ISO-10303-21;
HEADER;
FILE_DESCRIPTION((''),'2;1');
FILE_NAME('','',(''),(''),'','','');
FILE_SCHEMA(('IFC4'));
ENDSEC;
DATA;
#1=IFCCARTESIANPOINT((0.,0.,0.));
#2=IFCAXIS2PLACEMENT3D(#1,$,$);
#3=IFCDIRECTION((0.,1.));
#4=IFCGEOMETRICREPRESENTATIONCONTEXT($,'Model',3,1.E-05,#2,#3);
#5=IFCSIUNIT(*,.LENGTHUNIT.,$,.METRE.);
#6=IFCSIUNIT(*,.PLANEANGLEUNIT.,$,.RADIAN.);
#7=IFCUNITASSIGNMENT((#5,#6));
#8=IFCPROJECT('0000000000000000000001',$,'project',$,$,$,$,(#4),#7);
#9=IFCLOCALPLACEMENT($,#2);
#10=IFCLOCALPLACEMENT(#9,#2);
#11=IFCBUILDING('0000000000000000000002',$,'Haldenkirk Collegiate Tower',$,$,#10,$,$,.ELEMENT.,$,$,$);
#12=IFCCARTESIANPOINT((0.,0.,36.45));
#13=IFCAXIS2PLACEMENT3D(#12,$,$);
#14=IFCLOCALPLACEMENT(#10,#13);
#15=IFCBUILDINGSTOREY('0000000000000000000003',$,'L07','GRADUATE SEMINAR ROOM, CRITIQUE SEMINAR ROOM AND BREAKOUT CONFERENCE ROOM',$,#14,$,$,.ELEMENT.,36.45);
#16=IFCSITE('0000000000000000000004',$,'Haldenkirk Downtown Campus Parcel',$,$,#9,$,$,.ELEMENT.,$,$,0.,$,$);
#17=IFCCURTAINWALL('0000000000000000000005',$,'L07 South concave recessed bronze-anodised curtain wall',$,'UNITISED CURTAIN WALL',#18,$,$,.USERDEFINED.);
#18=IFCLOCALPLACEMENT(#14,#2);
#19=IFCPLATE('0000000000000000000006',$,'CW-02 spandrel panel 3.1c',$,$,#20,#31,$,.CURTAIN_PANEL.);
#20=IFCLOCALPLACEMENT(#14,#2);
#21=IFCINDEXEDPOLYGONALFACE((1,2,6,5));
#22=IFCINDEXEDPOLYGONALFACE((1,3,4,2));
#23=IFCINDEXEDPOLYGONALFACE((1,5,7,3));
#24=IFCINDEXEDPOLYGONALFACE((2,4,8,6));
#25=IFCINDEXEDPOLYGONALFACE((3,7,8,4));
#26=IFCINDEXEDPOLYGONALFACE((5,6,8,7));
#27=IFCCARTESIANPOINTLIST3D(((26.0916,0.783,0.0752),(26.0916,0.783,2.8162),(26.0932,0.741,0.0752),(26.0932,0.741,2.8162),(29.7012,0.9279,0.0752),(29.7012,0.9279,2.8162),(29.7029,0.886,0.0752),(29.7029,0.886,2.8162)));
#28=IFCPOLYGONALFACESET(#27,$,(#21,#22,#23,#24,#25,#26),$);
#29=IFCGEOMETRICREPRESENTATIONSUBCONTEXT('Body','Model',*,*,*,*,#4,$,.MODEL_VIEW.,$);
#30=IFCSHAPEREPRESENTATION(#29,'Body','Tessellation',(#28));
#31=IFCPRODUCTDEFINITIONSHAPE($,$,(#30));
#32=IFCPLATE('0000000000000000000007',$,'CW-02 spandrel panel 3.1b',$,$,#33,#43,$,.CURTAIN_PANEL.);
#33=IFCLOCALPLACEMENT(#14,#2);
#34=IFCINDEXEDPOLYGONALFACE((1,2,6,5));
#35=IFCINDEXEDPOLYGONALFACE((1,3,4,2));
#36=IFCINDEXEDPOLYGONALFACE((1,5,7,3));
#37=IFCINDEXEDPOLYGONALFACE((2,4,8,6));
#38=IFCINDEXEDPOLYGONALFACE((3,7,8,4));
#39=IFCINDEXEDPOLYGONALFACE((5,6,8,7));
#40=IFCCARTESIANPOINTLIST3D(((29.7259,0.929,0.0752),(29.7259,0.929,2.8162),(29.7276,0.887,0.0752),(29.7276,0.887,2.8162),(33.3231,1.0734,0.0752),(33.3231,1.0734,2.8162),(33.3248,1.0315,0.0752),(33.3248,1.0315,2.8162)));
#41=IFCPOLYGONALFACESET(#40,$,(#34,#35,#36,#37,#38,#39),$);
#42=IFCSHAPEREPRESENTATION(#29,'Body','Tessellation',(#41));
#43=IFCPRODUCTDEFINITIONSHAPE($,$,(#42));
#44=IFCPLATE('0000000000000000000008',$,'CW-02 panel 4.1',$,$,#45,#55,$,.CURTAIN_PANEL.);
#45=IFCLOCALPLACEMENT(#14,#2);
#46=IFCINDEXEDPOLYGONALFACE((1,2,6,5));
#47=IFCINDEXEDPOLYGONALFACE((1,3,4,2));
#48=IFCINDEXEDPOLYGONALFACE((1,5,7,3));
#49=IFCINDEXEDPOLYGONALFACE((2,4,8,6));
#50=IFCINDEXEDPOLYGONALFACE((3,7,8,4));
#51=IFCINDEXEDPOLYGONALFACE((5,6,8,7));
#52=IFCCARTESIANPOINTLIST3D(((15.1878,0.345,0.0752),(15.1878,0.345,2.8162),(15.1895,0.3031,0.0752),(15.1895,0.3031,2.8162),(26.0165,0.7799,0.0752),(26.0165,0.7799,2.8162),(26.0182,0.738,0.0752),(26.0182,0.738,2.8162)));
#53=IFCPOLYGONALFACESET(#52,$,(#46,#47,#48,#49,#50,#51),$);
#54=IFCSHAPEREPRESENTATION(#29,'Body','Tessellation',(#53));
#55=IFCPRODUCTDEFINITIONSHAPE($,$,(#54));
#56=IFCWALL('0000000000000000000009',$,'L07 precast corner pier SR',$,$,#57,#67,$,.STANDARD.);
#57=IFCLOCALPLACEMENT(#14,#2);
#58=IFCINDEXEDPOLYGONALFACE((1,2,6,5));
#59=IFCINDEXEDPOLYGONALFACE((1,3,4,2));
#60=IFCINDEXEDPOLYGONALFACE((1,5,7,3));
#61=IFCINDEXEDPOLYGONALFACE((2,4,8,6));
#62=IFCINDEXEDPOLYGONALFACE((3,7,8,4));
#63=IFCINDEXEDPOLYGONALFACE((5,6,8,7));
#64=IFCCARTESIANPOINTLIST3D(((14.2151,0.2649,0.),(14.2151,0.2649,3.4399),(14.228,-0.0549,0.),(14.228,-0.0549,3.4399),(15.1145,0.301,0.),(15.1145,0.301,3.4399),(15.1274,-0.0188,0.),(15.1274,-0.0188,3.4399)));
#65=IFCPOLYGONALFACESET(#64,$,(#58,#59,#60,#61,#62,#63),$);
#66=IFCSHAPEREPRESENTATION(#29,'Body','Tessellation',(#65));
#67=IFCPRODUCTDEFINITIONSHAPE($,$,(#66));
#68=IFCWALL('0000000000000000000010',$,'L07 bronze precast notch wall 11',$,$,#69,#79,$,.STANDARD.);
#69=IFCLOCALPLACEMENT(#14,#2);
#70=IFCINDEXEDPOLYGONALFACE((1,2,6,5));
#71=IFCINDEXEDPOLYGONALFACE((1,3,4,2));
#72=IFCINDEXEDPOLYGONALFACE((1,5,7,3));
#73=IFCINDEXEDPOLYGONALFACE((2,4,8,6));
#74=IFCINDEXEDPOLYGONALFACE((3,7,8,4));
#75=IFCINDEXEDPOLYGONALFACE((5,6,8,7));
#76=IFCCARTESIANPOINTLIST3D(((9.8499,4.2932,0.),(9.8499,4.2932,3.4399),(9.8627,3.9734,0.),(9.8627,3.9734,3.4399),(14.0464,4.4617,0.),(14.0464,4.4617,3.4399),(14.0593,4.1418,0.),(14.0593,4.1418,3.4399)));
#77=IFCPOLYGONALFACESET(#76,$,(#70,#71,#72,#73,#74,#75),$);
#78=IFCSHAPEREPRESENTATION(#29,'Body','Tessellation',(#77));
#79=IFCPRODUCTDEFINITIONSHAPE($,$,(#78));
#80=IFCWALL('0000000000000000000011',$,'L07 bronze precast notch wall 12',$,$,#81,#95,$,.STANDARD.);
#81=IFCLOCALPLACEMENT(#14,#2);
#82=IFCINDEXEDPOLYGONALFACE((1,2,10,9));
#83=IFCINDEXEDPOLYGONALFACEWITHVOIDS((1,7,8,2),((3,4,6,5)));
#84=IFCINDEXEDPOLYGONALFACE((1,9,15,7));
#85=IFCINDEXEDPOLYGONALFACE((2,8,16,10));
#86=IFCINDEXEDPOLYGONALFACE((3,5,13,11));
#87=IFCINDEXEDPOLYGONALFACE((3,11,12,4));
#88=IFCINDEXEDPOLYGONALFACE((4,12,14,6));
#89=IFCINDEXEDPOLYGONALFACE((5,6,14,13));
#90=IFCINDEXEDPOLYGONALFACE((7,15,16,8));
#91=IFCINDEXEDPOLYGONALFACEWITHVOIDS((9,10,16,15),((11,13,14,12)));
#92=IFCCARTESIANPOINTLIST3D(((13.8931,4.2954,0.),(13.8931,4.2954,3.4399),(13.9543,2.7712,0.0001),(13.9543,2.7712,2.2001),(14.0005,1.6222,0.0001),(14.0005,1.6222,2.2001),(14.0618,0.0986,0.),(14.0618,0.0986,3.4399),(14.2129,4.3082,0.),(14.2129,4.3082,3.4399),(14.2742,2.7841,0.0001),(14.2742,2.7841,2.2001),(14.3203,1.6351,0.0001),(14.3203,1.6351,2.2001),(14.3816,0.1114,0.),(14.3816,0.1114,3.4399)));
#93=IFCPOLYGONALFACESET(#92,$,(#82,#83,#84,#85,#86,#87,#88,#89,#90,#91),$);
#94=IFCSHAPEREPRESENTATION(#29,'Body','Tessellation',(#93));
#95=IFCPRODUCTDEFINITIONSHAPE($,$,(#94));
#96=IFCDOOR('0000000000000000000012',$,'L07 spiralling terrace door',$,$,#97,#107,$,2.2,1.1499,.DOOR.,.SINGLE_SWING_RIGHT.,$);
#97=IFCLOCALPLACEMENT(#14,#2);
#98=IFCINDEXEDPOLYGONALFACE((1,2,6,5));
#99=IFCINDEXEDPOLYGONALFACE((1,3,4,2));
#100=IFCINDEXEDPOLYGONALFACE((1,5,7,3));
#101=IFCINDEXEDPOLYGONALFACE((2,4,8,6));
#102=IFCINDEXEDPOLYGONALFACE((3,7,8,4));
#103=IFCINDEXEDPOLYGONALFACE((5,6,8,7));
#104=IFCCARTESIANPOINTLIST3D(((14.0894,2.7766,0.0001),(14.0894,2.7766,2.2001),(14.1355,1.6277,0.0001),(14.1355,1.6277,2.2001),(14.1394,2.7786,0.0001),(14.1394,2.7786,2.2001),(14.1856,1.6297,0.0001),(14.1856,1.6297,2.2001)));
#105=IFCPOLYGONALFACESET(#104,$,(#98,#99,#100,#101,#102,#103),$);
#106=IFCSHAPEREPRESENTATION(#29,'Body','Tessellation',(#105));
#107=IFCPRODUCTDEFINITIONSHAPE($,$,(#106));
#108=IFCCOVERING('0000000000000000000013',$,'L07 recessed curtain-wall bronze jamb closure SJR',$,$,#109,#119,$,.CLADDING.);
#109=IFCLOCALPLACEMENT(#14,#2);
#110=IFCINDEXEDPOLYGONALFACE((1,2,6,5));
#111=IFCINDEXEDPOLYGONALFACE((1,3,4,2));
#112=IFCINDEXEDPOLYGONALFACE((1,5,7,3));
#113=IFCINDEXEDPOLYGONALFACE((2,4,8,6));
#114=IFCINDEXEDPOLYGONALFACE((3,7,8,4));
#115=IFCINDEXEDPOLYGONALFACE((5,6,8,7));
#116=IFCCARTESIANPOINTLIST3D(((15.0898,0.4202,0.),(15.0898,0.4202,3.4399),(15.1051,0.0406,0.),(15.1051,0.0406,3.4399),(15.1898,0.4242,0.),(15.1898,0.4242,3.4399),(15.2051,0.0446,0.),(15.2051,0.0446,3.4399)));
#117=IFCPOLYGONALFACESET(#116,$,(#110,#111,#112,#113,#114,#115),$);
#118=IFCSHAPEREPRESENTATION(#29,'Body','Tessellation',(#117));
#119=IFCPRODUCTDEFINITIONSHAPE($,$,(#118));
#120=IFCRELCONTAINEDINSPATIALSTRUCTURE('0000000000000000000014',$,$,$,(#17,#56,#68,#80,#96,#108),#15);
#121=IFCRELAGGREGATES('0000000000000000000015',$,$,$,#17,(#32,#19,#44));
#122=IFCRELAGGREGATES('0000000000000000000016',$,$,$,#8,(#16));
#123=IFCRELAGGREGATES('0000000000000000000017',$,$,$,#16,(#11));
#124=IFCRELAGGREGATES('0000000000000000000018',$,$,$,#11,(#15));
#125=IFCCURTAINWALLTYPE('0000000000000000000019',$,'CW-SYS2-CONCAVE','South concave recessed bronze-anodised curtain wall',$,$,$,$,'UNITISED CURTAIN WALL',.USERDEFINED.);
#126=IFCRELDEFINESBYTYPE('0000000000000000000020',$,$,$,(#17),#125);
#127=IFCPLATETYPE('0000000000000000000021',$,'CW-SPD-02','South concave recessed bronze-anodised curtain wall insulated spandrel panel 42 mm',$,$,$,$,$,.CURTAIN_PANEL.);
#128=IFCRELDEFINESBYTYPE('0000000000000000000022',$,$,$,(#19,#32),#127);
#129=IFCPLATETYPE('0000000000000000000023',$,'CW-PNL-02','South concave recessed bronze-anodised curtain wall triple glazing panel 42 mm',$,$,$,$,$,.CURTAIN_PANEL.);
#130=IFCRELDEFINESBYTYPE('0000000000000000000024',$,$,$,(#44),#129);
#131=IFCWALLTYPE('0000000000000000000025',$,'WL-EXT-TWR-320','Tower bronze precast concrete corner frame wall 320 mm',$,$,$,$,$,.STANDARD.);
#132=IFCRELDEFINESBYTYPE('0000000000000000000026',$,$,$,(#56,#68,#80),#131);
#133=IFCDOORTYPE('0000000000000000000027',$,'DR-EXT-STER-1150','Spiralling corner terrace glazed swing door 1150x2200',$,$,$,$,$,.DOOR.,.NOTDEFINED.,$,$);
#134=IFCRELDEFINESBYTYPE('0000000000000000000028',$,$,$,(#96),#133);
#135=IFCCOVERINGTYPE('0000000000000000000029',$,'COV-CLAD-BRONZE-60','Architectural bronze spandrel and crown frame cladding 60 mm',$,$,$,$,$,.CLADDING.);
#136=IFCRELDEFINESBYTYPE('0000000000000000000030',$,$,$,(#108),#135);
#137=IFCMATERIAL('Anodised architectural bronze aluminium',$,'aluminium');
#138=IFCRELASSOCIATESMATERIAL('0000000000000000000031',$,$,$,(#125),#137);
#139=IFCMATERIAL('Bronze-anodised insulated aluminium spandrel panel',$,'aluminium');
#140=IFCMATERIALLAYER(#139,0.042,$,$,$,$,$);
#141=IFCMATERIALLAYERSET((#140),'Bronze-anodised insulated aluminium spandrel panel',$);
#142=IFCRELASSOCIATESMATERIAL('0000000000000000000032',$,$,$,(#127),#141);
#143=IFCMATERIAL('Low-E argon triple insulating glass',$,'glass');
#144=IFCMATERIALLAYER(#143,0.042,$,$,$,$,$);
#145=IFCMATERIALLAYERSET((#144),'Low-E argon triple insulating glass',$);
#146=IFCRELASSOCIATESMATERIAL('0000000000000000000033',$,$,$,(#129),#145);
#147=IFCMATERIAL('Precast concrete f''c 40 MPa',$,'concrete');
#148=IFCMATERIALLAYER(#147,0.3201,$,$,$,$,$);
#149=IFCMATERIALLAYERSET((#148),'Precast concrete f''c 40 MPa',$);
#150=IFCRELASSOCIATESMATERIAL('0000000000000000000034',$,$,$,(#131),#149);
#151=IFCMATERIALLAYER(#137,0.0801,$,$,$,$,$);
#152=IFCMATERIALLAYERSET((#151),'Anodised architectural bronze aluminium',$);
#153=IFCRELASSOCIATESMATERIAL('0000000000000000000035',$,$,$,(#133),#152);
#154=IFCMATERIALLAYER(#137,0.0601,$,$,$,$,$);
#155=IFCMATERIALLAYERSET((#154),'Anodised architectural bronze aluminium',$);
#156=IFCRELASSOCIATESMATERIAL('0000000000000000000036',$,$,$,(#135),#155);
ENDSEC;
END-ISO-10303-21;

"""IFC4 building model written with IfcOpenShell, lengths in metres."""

from ifc_helpers import new_model, si_unit, direction, frame, frame_2d, origin, origin_2d, place, context, subcontext, project, spatial, rectangle, extrude, source, transform, mapped, material, layer, layer_set, type_object, element, fill, aggregate, save


model = new_model("IFC4")

# Units and contexts
model_context = context("Model", 3, precision=1e-05, world=origin(), true_north=direction((0.0, 1.0)))
body_context = subcontext(model_context, "Body", "Model", "MODEL_VIEW")
ifc_project = project(units=[si_unit("LENGTHUNIT", "METRE"), si_unit("PLANEANGLEUNIT", "RADIAN")], contexts=[model_context])

# Site, building, storey
site_placement = place(None, origin())
site = spatial("IfcSite", under=ifc_project, at=site_placement, Name="Haldenkirk Downtown Campus Parcel", CompositionType="ELEMENT", RefElevation=0.0)
building_placement = place(site_placement, origin())
building = spatial("IfcBuilding", under=site, at=building_placement, Name="Haldenkirk Collegiate Tower", CompositionType="ELEMENT")
storey_placement = place(building_placement, frame((0.0, 0.0, 36.45)))
storey = spatial("IfcBuildingStorey", under=building, at=storey_placement, Name="L07", Description="GRADUATE SEMINAR ROOM, CRITIQUE SEMINAR ROOM AND BREAKOUT CONFERENCE ROOM", CompositionType="ELEMENT", Elevation=36.45)

# Curtain wall
ifc_material_1 = material(Name="Anodised architectural bronze aluminium", Category="aluminium")
curtain_wall_type = type_object("IfcCurtainWallType", Name="CW-SYS2-CONCAVE", Description="South concave recessed bronze-anodised curtain wall", ElementType="UNITISED CURTAIN WALL", PredefinedType="USERDEFINED", material=ifc_material_1)
curtain_wall_placement = place(storey_placement, origin())
curtain_wall = element("IfcCurtainWall", 1, at=curtain_wall_placement, inside=storey, type_object=curtain_wall_type, Name="L07 South concave recessed bronze-anodised curtain wall", ObjectType="UNITISED CURTAIN WALL", PredefinedType="USERDEFINED")

# Plates
ifc_material_2 = material(Name="Bronze-anodised insulated aluminium spandrel panel", Category="aluminium")
ifc_layer_1 = layer(ifc_material_2, 0.042)
ifc_layer_set_1 = layer_set([ifc_layer_1], Name="Bronze-anodised insulated aluminium spandrel panel")
plate_type_1 = type_object("IfcPlateType", Name="CW-SPD-02", Description="South concave recessed bronze-anodised curtain wall insulated spandrel panel 42 mm", PredefinedType="CURTAIN_PANEL", material=ifc_layer_set_1)
shared_shape_1 = source(origin(), body_context, "Body", "SweptSolid", [
    extrude(rectangle(XDim=3.6125, YDim=0.042, at=origin_2d()), origin(), (0.0, 0.0, 1.0), 2.741),
])
plate_1_placement = place(storey_placement, frame((27.8972, 0.8345, 0.0752), z_axis=(0.0, 0.0, 1.0), x_axis=(-0.999194, -0.040133, 0.0)))
plate_1 = element("IfcPlate", 2, at=plate_1_placement, type_object=plate_type_1, Name="CW-02 spandrel panel 3.1c", PredefinedType="CURTAIN_PANEL", context=body_context, shape_type="MappedRepresentation", body=[
    mapped(shared_shape_1, transform((0.0, 0.0, 0.0), x_axis=(1.0, 0.0, 0.0), y_axis=(0.0, 1.0, 0.0), z_axis=(0.0, 0.0, 1.0), scale=1.0)),
])
shared_shape_2 = source(origin(), body_context, "Body", "SweptSolid", [
    extrude(rectangle(XDim=3.6001, YDim=0.042, at=origin_2d()), origin(), (0.0, 0.0, 1.0), 2.741),
])
plate_2_placement = place(storey_placement, frame((31.5254, 0.9802, 0.0752), z_axis=(0.0, 0.0, 1.0), x_axis=(-0.999194, -0.040133, 0.0)))
plate_2 = element("IfcPlate", 3, at=plate_2_placement, type_object=plate_type_1, Name="CW-02 spandrel panel 3.1b", PredefinedType="CURTAIN_PANEL", context=body_context, shape_type="MappedRepresentation", body=[
    mapped(shared_shape_2, transform((0.0, 0.0, 0.0), x_axis=(1.0, 0.0, 0.0), y_axis=(0.0, 1.0, 0.0), z_axis=(0.0, 0.0, 1.0), scale=1.0)),
])
ifc_material_3 = material(Name="Low-E argon triple insulating glass", Category="glass")
ifc_layer_2 = layer(ifc_material_3, 0.042)
ifc_layer_set_2 = layer_set([ifc_layer_2], Name="Low-E argon triple insulating glass")
plate_type_2 = type_object("IfcPlateType", Name="CW-PNL-02", Description="South concave recessed bronze-anodised curtain wall triple glazing panel 42 mm", PredefinedType="CURTAIN_PANEL", material=ifc_layer_set_2)
shared_shape_3 = source(origin(), body_context, "Body", "SweptSolid", [
    extrude(rectangle(XDim=10.8374, YDim=0.042, at=origin_2d()), origin(), (0.0, 0.0, 1.0), 2.741),
])
plate_3_placement = place(storey_placement, frame((20.603, 0.5415, 0.0752), z_axis=(0.0, 0.0, 1.0), x_axis=(-0.999194, -0.040133, 0.0)))
plate_3 = element("IfcPlate", 4, at=plate_3_placement, type_object=plate_type_2, Name="CW-02 panel 4.1", PredefinedType="CURTAIN_PANEL", context=body_context, shape_type="MappedRepresentation", body=[
    mapped(shared_shape_3, transform((0.0, 0.0, 0.0), x_axis=(1.0, 0.0, 0.0), y_axis=(0.0, 1.0, 0.0), z_axis=(0.0, 0.0, 1.0), scale=1.0)),
])
aggregate(curtain_wall, [plate_2, plate_1, plate_3])

# Walls
ifc_material_4 = material(Name="Precast concrete f'c 40 MPa", Category="concrete")
ifc_layer_3 = layer(ifc_material_4, 0.3201)
ifc_layer_set_3 = layer_set([ifc_layer_3], Name="Precast concrete f'c 40 MPa")
wall_type = type_object("IfcWallType", Name="WL-EXT-TWR-320", Description="Tower bronze precast concrete corner frame wall 320 mm", PredefinedType="STANDARD", material=ifc_layer_set_3)
wall_1_placement = place(storey_placement, frame((15.1211, 0.1411, 0.0), z_axis=(0.0, 0.0, 1.0), x_axis=(-0.999194, -0.040141, 0.0)))
element("IfcWall", 5, at=wall_1_placement, inside=storey, type_object=wall_type, Name="L07 precast corner pier SR", PredefinedType="STANDARD", context=body_context, shape_type="SweptSolid", body=[
    extrude(rectangle(XDim=0.9001, YDim=0.3201, at=frame_2d((0.4502, 0.0))), origin(), (0.0, 0.0, 1.0), 3.4399),
])
wall_2_placement = place(storey_placement, frame((14.053, 4.3018, 0.0), z_axis=(0.0, 0.0, 1.0), x_axis=(-0.999195, -0.04011, 0.0)))
element("IfcWall", 6, at=wall_2_placement, inside=storey, type_object=wall_type, Name="L07 bronze precast notch wall 11", PredefinedType="STANDARD", context=body_context, shape_type="SweptSolid", body=[
    extrude(rectangle(XDim=4.2, YDim=0.3201, at=frame_2d((2.1001, 0.0))), origin(), (0.0, 0.0, 1.0), 3.4399),
])

# Wall, opening, door
wall_3_placement = place(storey_placement, frame((14.2217, 0.105, 0.0), z_axis=(0.0, 0.0, 1.0), x_axis=(-0.040165, 0.999193, 0.0)))
wall_3 = element("IfcWall", 7, at=wall_3_placement, inside=storey, type_object=wall_type, Name="L07 bronze precast notch wall 12", PredefinedType="STANDARD", context=body_context, shape_type="SweptSolid", body=[
    extrude(rectangle(XDim=4.2002, YDim=0.3201, at=frame_2d((2.1001, 0.0))), origin(), (0.0, 0.0, 1.0), 3.4399),
])
opening_placement = place(wall_3_placement, frame((1.5249, 0.0, 0.0)))
opening = element("IfcOpeningElement", 8, at=opening_placement, cuts=wall_3, PredefinedType="OPENING", context=body_context, shape_type="SweptSolid", body=[
    extrude(rectangle(XDim=1.1499, YDim=2.2, at=frame_2d((0.575, 1.1001))), frame((0.0, 0.1699, 0.0), z_axis=(0.0, -1.0, 0.0), x_axis=(1.0, 0.0, 0.0)), (0.0, 0.0, 1.0), 0.3401),
])
ifc_layer_4 = layer(ifc_material_1, 0.0801)
ifc_layer_set_4 = layer_set([ifc_layer_4], Name="Anodised architectural bronze aluminium")
door_type = type_object("IfcDoorType", Name="DR-EXT-STER-1150", Description="Spiralling corner terrace glazed swing door 1150x2200", OperationType="NOTDEFINED", PredefinedType="DOOR", material=ifc_layer_set_4)
door_placement = place(opening_placement, origin())
door = element("IfcDoor", 9, at=door_placement, inside=storey, type_object=door_type, Name="L07 spiralling terrace door", OperationType="SINGLE_SWING_RIGHT", OverallHeight=2.2, OverallWidth=1.1499, PredefinedType="DOOR", context=body_context, shape_type="SweptSolid", body=[
    extrude(rectangle(XDim=1.1499, YDim=2.2, at=frame_2d((0.575, 1.1001))), frame((0.0, 0.0249, 0.0), z_axis=(0.0, -1.0, 0.0), x_axis=(1.0, 0.0, 0.0)), (0.0, 0.0, 1.0), 0.05),
])
fill(opening, door)

# Covering
ifc_layer_5 = layer(ifc_material_1, 0.0601)
ifc_layer_set_5 = layer_set([ifc_layer_5], Name="Anodised architectural bronze aluminium")
covering_type = type_object("IfcCoveringType", Name="COV-CLAD-BRONZE-60", Description="Architectural bronze spandrel and crown frame cladding 60 mm", PredefinedType="CLADDING", material=ifc_layer_set_5)
shared_shape_4 = source(origin(), body_context, "Body", "SweptSolid", [
    extrude(rectangle(XDim=0.1001, YDim=0.3799, at=origin_2d()), origin(), (0.0, 0.0, 1.0), 3.4399),
])
covering_placement = place(storey_placement, frame((15.1475, 0.2324, 0.0), z_axis=(0.0, 0.0, 1.0), x_axis=(-0.999194, -0.040132, 0.0)))
element("IfcCovering", 10, at=covering_placement, inside=storey, type_object=covering_type, Name="L07 recessed curtain-wall bronze jamb closure SJR", PredefinedType="CLADDING", context=body_context, shape_type="MappedRepresentation", body=[
    mapped(shared_shape_4, transform((0.0, 0.0, 0.0), x_axis=(1.0, 0.0, 0.0), y_axis=(0.0, 1.0, 0.0), z_axis=(0.0, 0.0, 1.0), scale=1.0)),
])

save(model, "model.ifc")
